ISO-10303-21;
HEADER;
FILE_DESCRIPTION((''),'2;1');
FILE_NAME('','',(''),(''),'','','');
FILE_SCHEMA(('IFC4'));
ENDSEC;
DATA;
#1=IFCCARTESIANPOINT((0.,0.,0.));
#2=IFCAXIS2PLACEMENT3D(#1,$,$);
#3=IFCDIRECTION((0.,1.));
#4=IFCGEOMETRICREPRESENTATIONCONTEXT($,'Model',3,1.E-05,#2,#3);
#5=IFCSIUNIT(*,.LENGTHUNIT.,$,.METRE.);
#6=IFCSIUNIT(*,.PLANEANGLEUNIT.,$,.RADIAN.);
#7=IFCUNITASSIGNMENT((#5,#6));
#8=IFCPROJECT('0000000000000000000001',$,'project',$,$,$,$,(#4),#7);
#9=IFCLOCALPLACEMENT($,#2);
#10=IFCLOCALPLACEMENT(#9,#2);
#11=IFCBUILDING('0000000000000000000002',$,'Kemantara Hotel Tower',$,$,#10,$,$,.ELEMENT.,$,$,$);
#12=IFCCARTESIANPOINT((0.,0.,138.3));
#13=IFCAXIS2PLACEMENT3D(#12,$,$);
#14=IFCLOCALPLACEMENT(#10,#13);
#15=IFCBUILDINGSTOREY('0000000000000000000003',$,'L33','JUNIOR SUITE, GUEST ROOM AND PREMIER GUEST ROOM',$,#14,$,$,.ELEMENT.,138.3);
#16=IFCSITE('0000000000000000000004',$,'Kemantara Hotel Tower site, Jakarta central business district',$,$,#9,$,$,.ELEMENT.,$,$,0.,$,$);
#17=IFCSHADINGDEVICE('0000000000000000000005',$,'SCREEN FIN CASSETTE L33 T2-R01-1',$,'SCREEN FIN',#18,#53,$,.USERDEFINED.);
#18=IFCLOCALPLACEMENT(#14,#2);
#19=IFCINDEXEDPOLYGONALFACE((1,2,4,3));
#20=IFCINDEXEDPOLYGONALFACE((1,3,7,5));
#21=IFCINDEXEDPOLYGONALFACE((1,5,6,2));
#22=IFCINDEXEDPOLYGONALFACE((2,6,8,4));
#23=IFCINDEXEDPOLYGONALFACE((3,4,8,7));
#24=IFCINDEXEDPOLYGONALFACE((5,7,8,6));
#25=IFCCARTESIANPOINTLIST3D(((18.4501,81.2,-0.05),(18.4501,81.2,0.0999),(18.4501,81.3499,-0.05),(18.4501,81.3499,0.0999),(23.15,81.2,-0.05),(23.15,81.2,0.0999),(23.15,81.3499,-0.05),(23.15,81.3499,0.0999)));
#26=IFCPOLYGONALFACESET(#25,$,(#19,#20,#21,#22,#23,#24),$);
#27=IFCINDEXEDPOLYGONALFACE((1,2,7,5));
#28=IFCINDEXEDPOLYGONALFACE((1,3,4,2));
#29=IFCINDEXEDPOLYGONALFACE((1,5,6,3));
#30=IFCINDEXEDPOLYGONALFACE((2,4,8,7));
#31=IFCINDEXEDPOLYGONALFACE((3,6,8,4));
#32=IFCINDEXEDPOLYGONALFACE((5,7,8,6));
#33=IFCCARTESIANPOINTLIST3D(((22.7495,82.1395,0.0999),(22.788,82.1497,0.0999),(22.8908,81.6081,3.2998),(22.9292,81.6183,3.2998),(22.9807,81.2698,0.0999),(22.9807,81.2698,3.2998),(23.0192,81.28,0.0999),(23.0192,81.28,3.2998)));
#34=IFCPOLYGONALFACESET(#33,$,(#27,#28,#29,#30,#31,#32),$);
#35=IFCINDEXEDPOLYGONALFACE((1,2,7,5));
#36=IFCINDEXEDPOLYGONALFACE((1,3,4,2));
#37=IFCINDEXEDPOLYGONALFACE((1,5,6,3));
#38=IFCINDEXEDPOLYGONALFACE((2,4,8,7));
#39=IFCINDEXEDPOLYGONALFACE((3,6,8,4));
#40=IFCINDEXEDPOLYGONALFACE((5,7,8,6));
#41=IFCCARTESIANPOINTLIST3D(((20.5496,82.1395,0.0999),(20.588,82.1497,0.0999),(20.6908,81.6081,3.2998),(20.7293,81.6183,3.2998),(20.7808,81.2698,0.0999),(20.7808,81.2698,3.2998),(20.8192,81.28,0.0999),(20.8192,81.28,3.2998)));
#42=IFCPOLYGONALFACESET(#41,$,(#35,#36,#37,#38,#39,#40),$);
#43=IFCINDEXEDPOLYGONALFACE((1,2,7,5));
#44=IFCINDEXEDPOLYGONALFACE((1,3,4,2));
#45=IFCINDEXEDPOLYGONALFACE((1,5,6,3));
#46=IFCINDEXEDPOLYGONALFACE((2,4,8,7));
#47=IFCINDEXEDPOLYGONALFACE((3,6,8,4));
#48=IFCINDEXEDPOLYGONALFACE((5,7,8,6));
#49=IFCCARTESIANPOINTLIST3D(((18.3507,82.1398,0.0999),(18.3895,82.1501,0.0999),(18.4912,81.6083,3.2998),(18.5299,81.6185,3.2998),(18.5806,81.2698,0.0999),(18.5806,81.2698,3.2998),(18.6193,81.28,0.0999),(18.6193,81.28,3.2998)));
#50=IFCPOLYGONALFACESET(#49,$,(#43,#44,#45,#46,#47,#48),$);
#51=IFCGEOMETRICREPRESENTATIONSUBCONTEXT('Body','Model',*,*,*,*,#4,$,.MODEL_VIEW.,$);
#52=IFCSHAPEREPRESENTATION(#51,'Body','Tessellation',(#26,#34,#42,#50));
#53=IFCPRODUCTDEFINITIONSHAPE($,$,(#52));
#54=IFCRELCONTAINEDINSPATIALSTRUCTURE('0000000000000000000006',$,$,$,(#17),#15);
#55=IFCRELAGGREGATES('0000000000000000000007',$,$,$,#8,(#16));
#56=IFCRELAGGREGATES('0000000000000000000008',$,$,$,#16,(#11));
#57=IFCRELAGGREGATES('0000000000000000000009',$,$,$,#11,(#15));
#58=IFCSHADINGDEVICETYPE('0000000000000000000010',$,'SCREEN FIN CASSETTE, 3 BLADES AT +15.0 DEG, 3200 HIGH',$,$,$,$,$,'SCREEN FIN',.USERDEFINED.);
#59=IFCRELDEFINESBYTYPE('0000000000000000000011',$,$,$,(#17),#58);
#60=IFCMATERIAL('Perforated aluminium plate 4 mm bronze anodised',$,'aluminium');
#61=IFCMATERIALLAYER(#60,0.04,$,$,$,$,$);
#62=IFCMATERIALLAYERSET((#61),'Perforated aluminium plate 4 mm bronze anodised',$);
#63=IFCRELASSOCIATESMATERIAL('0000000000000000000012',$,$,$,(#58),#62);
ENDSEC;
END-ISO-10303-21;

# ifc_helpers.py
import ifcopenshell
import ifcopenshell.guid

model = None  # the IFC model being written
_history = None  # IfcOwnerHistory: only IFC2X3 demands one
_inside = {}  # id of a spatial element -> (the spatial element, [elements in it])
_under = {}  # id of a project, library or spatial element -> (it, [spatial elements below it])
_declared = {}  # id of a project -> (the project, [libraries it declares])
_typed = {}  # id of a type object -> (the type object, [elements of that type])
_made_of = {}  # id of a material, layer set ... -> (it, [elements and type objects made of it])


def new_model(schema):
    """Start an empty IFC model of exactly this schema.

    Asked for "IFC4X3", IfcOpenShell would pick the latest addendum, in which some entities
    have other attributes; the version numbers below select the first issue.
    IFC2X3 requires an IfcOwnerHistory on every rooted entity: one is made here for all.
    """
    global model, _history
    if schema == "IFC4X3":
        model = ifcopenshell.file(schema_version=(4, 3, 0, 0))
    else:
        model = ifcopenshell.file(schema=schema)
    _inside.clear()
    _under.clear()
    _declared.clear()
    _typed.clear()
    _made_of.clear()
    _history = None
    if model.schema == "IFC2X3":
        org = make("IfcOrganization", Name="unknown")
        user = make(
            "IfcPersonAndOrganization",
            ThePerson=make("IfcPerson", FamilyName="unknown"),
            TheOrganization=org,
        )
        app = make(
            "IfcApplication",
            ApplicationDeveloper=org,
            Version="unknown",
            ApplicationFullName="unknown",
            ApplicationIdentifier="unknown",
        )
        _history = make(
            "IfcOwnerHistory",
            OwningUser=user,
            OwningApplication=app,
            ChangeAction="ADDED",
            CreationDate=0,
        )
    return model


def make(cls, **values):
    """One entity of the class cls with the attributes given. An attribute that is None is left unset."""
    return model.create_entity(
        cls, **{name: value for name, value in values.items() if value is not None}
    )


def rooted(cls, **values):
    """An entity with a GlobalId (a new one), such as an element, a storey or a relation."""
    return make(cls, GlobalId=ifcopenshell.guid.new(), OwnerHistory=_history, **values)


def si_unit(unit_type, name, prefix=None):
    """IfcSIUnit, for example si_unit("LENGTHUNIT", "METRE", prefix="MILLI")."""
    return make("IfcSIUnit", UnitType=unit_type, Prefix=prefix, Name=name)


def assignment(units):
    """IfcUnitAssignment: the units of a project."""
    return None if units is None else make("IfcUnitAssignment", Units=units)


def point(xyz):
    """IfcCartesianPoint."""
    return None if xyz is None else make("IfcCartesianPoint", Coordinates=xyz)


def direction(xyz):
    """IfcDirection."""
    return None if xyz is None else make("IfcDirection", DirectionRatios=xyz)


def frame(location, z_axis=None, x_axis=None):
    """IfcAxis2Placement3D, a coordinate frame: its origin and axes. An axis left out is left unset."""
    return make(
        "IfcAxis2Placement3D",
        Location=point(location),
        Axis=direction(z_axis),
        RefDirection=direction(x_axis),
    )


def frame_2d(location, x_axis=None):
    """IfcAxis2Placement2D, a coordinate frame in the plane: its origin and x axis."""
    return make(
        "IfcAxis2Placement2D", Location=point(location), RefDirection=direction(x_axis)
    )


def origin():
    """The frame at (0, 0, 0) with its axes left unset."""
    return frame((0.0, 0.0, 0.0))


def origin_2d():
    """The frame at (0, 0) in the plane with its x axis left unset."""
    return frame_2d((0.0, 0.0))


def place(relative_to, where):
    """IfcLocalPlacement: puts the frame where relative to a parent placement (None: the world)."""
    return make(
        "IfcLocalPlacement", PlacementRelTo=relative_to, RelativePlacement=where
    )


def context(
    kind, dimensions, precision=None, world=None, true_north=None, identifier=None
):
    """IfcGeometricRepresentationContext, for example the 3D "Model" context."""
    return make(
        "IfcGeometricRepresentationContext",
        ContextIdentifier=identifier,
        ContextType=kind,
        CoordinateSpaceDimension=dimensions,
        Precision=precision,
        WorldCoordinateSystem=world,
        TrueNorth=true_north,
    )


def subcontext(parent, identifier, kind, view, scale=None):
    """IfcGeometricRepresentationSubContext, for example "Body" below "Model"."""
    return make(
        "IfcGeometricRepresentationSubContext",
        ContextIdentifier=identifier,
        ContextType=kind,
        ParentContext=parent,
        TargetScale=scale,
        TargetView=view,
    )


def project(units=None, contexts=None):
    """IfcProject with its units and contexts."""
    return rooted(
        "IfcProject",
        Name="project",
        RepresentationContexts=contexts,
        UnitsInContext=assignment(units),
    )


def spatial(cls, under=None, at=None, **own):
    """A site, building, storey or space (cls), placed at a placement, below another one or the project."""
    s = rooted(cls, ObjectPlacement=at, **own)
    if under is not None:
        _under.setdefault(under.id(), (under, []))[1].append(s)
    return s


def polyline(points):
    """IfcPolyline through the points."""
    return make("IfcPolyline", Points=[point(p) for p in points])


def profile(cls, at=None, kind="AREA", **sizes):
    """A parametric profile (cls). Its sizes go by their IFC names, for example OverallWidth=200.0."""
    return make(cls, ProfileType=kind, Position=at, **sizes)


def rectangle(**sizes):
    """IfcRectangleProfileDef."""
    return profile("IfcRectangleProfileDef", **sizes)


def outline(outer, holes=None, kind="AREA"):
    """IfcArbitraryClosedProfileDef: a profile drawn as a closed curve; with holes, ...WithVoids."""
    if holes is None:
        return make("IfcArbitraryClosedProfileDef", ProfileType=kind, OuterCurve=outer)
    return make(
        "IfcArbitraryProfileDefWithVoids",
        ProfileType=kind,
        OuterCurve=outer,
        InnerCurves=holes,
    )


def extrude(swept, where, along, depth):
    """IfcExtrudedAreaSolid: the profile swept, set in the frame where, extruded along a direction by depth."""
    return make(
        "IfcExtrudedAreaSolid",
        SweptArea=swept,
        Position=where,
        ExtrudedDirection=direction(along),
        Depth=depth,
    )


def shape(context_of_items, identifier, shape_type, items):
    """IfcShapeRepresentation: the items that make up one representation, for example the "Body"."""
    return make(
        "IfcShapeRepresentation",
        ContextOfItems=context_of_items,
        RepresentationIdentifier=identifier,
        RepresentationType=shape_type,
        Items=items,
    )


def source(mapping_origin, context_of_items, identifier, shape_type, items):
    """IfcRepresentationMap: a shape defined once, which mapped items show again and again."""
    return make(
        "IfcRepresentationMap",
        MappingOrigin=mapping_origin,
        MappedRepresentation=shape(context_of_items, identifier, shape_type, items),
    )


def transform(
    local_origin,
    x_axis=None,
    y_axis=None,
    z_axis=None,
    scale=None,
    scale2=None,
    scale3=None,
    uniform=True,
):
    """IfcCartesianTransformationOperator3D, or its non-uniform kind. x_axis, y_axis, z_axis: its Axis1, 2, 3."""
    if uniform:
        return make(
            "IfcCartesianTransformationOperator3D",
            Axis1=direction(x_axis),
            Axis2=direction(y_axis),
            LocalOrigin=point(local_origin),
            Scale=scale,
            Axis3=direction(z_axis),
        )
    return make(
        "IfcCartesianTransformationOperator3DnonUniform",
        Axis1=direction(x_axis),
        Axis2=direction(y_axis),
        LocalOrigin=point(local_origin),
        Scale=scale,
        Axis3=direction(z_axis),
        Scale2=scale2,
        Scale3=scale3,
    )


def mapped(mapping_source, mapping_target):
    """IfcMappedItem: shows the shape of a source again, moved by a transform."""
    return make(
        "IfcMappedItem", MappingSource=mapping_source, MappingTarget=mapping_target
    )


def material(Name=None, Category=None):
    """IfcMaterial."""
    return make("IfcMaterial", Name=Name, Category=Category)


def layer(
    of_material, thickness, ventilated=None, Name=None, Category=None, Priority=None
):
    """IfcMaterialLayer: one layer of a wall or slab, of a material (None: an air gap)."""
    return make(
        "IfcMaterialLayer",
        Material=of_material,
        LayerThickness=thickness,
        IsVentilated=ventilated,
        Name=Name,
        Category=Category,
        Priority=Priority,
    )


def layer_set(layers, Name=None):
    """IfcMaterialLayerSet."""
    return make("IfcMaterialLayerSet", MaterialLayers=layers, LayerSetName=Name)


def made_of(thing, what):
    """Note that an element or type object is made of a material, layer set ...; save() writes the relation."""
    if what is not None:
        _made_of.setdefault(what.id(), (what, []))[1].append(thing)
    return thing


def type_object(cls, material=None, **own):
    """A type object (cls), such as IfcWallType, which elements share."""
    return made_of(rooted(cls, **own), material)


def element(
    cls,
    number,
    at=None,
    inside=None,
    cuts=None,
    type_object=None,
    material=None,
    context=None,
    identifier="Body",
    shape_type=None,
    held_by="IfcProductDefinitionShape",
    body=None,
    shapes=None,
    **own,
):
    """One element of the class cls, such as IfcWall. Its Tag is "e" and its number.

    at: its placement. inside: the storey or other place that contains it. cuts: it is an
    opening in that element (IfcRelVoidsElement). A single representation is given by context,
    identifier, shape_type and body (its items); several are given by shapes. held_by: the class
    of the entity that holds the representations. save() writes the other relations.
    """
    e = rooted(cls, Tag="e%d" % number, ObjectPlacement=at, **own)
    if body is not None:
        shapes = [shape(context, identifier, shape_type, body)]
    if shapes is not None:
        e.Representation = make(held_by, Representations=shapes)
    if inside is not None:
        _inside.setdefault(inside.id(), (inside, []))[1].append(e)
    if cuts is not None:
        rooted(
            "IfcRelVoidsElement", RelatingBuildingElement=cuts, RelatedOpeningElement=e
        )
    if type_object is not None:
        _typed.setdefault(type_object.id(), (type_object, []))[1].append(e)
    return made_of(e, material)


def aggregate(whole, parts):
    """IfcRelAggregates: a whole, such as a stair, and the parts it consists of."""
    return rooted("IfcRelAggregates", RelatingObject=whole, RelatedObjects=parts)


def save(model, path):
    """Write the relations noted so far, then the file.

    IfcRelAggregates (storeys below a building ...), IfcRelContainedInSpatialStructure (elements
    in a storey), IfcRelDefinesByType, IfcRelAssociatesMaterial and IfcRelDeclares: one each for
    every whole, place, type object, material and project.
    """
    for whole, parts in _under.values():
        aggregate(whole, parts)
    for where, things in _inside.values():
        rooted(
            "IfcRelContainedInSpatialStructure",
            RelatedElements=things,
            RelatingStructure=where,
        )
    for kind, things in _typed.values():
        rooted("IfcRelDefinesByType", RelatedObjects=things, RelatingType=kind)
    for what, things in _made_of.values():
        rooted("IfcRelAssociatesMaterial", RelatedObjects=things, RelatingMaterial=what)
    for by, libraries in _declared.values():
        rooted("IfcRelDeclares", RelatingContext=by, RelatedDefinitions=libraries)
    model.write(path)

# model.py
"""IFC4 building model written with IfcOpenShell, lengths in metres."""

from ifc_helpers import new_model, si_unit, direction, frame, origin, origin_2d, place, context, subcontext, project, spatial, polyline, rectangle, outline, extrude, source, transform, mapped, material, layer, layer_set, type_object, element, save


model = new_model("IFC4")

# Units and contexts
model_context = context("Model", 3, precision=1e-05, world=origin(), true_north=direction((0.0, 1.0)))
body_context = subcontext(model_context, "Body", "Model", "MODEL_VIEW")
ifc_project = project(units=[si_unit("LENGTHUNIT", "METRE"), si_unit("PLANEANGLEUNIT", "RADIAN")], contexts=[model_context])

# Site, building, storey
site_placement = place(None, origin())
site = spatial("IfcSite", under=ifc_project, at=site_placement, Name="Kemantara Hotel Tower site, Jakarta central business district", CompositionType="ELEMENT", RefElevation=0.0)
building_placement = place(site_placement, origin())
building = spatial("IfcBuilding", under=site, at=building_placement, Name="Kemantara Hotel Tower", CompositionType="ELEMENT")
storey_placement = place(building_placement, frame((0.0, 0.0, 138.3)))
storey = spatial("IfcBuildingStorey", under=building, at=storey_placement, Name="L33", Description="JUNIOR SUITE, GUEST ROOM AND PREMIER GUEST ROOM", CompositionType="ELEMENT", Elevation=138.3)

# Shading device
ifc_material_1 = material(Name="Perforated aluminium plate 4 mm bronze anodised", Category="aluminium")
ifc_layer_1 = layer(ifc_material_1, 0.04)
ifc_layer_set_1 = layer_set([ifc_layer_1], Name="Perforated aluminium plate 4 mm bronze anodised")
shading_device_type_1 = type_object("IfcShadingDeviceType", Name="SCREEN FIN CASSETTE, 3 BLADES AT +15.0 DEG, 3200 HIGH", ElementType="SCREEN FIN", PredefinedType="USERDEFINED", material=ifc_layer_set_1)
shared_shape_1 = source(origin(), body_context, "Body", "SweptSolid", [
    extrude(rectangle(XDim=4.7, YDim=0.1499, at=origin_2d()), frame((2.2, -0.075, -0.1499), z_axis=(0.0, 0.0, 1.0), x_axis=(1.0, 0.0, 0.0)), (0.0, 0.0, 1.0), 0.1499),
    extrude(outline(polyline([(0.0, 0.0), (0.8999, 0.0), (0.3501, 3.2), (0.0, 3.2), (0.0, 0.0)])), frame((0.0193, -0.0698, 0.0), z_axis=(-0.966438, -0.256901, 0.0), x_axis=(0.256901, -0.966438, 0.0)), (0.0, 0.0, 1.0), 0.0398),
    extrude(outline(polyline([(0.0, 0.0), (0.8999, 0.0), (0.3501, 3.2), (0.0, 3.2), (0.0, 0.0)])), frame((2.2192, -0.0698, 0.0), z_axis=(-0.966438, -0.256901, 0.0), x_axis=(0.256901, -0.966438, 0.0)), (0.0, 0.0, 1.0), 0.0398),
    extrude(outline(polyline([(0.0, 0.0), (0.8999, 0.0), (0.3501, 3.2), (0.0, 3.2), (0.0, 0.0)])), frame((4.4194, -0.0698, 0.0), z_axis=(-0.966838, -0.255391, 0.0), x_axis=(0.255391, -0.966838, 0.0)), (0.0, 0.0, 1.0), 0.04),
])
shading_device_1_placement = place(storey_placement, frame((23.0, 81.2, 0.0999), z_axis=(0.0, 0.0, 1.0), x_axis=(-1.0, 0.0, 0.0)))
element("IfcShadingDevice", 1, at=shading_device_1_placement, inside=storey, type_object=shading_device_type_1, Name="SCREEN FIN CASSETTE L33 T2-R01-1", ObjectType="SCREEN FIN", PredefinedType="USERDEFINED", context=body_context, shape_type="MappedRepresentation", body=[
    mapped(shared_shape_1, transform((0.0, 0.0, 0.0))),
])

save(model, "model.ifc")
